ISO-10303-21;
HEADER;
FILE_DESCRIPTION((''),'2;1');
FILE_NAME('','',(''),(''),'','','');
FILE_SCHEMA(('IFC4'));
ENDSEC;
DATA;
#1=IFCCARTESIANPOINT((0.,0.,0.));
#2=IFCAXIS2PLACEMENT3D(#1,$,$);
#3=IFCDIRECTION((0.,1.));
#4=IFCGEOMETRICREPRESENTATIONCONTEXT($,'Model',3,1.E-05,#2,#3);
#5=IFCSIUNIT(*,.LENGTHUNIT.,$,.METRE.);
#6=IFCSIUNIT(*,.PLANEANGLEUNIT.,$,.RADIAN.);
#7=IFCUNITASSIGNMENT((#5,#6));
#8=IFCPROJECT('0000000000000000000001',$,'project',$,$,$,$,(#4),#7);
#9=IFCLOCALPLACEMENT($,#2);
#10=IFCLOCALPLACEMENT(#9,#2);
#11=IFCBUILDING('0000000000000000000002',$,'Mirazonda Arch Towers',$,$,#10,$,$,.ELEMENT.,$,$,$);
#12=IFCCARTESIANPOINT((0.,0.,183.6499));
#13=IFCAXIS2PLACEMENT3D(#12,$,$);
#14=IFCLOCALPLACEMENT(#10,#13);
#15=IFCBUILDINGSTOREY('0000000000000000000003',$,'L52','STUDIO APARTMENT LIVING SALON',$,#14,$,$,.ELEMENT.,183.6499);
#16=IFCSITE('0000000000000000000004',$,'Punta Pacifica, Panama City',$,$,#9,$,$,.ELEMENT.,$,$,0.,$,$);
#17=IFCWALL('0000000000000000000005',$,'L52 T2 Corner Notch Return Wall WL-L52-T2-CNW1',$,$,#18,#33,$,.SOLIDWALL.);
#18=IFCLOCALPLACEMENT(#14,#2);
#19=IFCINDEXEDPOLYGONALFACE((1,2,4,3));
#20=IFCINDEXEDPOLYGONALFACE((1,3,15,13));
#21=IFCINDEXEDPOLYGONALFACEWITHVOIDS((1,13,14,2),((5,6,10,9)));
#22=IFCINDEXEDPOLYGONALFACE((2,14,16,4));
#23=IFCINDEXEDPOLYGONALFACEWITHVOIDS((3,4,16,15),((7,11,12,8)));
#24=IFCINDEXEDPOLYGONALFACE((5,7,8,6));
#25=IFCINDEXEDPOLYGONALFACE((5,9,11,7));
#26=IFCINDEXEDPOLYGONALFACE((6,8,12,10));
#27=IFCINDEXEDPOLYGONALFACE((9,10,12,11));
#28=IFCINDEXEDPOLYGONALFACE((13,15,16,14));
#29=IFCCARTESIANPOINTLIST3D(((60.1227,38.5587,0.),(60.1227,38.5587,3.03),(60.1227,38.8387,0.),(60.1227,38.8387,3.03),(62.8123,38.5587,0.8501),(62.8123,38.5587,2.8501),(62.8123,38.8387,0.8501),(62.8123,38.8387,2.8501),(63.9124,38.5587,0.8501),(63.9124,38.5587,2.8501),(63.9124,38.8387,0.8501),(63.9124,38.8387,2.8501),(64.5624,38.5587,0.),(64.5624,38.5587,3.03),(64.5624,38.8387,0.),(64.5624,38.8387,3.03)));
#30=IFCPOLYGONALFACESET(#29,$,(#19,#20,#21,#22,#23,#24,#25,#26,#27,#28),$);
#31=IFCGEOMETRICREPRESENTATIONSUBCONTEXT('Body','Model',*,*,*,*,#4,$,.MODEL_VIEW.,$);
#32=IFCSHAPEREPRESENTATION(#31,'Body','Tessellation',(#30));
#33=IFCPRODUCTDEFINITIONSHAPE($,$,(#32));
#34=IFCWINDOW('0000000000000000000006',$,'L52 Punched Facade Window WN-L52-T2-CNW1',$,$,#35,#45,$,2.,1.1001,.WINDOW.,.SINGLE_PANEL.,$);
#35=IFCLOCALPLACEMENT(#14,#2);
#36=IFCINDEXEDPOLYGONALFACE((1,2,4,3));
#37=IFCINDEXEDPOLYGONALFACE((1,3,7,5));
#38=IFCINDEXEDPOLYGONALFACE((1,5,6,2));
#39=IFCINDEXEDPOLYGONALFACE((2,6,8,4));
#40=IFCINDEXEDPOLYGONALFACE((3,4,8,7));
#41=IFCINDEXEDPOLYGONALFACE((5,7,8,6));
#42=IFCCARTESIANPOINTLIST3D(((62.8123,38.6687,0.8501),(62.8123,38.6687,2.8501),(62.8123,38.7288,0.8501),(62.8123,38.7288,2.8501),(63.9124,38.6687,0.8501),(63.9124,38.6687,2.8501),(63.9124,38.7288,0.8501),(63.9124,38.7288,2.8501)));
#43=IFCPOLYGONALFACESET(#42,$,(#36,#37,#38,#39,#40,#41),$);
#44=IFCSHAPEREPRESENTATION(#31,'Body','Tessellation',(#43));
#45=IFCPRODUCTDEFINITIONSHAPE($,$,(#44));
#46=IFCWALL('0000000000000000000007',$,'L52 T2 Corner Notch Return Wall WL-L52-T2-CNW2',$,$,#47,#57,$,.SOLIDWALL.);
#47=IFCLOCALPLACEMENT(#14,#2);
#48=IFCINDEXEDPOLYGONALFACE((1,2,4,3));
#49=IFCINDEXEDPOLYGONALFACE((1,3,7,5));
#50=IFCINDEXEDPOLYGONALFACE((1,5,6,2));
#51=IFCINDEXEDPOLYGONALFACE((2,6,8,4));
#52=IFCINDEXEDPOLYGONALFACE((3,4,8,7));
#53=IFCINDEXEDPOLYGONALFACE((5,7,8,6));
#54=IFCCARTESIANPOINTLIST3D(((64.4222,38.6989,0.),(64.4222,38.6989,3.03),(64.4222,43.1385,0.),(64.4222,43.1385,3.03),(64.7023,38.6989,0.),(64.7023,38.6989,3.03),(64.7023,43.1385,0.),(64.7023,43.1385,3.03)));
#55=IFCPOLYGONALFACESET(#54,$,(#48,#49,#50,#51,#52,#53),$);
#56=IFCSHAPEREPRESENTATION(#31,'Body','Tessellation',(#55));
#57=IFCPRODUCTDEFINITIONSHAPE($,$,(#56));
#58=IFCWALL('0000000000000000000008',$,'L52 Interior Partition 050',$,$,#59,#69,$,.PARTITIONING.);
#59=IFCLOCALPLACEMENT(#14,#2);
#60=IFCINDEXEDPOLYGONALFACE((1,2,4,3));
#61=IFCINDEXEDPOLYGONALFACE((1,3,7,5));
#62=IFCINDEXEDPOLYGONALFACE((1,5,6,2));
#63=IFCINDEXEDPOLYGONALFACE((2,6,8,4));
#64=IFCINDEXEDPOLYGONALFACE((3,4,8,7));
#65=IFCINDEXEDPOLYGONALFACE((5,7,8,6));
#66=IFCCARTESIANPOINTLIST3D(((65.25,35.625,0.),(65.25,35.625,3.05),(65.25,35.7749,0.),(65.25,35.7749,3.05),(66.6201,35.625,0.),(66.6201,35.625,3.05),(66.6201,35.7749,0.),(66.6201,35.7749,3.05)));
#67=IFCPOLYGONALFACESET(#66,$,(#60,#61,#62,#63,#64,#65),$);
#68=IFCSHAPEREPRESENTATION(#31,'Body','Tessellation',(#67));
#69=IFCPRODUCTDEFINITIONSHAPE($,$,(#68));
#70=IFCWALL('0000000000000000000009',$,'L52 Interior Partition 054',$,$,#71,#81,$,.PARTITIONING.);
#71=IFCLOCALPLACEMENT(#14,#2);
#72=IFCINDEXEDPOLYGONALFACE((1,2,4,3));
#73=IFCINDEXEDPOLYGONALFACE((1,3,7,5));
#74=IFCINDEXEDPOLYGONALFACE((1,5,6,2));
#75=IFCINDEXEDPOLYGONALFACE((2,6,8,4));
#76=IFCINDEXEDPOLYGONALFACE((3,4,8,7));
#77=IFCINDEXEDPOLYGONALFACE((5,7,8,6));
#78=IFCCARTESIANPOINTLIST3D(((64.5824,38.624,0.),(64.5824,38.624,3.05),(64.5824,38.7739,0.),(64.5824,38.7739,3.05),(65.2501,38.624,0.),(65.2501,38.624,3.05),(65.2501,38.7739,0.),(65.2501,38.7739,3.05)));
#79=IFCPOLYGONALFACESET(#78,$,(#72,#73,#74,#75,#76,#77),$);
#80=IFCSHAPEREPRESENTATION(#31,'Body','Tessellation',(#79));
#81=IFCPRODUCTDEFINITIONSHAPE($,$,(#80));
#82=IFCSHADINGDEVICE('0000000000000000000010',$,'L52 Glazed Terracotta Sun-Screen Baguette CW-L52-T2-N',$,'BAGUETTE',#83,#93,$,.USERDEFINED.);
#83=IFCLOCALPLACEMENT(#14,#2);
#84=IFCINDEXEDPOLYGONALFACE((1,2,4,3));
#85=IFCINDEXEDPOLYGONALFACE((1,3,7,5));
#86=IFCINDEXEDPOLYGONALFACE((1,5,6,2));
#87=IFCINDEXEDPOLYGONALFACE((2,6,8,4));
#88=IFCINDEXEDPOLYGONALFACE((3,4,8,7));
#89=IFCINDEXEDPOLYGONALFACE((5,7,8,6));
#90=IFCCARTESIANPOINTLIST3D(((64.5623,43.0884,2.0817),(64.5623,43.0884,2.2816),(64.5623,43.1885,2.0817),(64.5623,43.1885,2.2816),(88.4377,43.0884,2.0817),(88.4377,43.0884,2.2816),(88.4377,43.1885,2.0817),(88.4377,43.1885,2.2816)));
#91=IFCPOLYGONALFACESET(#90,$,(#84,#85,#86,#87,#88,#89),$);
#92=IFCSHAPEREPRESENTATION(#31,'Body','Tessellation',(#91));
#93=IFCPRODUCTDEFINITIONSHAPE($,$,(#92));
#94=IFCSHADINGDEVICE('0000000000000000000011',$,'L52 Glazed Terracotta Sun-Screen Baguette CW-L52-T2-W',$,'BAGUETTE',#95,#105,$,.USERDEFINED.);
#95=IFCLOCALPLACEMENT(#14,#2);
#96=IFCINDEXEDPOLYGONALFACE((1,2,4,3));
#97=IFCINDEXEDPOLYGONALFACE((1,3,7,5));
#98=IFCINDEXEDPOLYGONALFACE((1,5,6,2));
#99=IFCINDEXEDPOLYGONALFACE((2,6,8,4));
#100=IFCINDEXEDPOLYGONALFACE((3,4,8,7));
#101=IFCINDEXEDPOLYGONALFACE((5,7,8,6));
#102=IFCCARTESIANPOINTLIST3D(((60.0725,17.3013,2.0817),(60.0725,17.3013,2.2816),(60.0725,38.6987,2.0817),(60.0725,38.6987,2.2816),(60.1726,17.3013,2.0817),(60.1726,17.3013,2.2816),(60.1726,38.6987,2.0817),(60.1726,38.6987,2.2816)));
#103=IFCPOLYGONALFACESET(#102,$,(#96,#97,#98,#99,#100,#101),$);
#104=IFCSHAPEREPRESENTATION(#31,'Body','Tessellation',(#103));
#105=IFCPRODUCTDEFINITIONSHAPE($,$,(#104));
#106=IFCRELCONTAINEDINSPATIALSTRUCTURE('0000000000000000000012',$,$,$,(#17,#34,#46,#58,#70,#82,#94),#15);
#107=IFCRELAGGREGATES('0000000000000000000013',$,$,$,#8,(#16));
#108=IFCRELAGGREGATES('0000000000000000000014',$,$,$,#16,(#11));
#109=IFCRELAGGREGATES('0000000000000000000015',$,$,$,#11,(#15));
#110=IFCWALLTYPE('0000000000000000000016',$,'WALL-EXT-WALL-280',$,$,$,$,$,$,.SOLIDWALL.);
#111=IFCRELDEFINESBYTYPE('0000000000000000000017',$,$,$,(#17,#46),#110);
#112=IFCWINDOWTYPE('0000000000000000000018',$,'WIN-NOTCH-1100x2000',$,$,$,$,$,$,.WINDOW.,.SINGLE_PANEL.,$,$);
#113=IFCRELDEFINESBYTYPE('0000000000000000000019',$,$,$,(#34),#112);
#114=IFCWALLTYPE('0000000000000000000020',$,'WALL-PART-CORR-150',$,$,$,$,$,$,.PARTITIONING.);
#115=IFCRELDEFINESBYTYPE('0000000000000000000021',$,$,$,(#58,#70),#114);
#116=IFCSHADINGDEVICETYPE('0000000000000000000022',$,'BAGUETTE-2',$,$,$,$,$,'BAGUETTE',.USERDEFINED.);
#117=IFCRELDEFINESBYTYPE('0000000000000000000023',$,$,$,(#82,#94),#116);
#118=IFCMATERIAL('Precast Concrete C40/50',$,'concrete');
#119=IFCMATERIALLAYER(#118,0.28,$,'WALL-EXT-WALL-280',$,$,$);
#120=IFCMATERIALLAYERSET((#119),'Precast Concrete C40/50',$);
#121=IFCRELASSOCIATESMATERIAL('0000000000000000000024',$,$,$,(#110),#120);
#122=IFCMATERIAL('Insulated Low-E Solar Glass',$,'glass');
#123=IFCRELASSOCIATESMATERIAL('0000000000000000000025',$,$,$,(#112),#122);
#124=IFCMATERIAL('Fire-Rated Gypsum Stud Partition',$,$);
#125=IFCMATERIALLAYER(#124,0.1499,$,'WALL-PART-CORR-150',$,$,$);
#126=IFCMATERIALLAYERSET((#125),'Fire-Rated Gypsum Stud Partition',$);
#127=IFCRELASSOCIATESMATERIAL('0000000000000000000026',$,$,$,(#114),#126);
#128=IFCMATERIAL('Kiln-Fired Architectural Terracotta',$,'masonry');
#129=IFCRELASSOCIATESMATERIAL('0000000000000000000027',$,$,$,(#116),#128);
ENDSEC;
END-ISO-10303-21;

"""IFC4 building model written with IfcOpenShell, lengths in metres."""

from ifc_helpers import new_model, si_unit, direction, frame, frame_2d, origin, origin_2d, place, context, subcontext, project, spatial, rectangle, extrude, material, layer, layer_set, material_profile, profile_set, type_object, element, fill, save


model = new_model("IFC4")

# Units and contexts
model_context = context("Model", 3, precision=1e-05, world=origin(), true_north=direction((0.0, 1.0)))
body_context = subcontext(model_context, "Body", "Model", "MODEL_VIEW")
ifc_project = project(units=[si_unit("LENGTHUNIT", "METRE"), si_unit("PLANEANGLEUNIT", "RADIAN")], contexts=[model_context])

# Site, building, storey
site_placement = place(None, origin())
site = spatial("IfcSite", under=ifc_project, at=site_placement, Name="Punta Pacifica, Panama City", CompositionType="ELEMENT", RefElevation=0.0)
building_placement = place(site_placement, origin())
building = spatial("IfcBuilding", under=site, at=building_placement, Name="Mirazonda Arch Towers", CompositionType="ELEMENT")
storey_placement = place(building_placement, frame((0.0, 0.0, 183.6499)))
storey = spatial("IfcBuildingStorey", under=building, at=storey_placement, Name="L52", Description="STUDIO APARTMENT LIVING SALON", CompositionType="ELEMENT", Elevation=183.6499)

# Shared definitions
ifc_material_1 = material(Name="Insulated Low-E Solar Glass", Category="glass")

# Wall, opening, window
ifc_material_2 = material(Name="Precast Concrete C40/50", Category="concrete")
ifc_layer_1 = layer(ifc_material_2, 0.28, Name="WALL-EXT-WALL-280")
ifc_layer_set_1 = layer_set([ifc_layer_1], Name="Precast Concrete C40/50")
wall_type_1 = type_object("IfcWallType", Name="WALL-EXT-WALL-280", PredefinedType="SOLIDWALL", material=ifc_layer_set_1)
window_type = type_object("IfcWindowType", Name="WIN-NOTCH-1100x2000", PartitioningType="SINGLE_PANEL", PredefinedType="WINDOW", material=ifc_material_1)
wall_1_placement = place(storey_placement, frame((64.5623, 38.6987, 0.0), z_axis=(0.0, 0.0, 1.0), x_axis=(-1.0, 0.0, 0.0)))
wall_1 = element("IfcWall", 1, at=wall_1_placement, inside=storey, type_object=wall_type_1, Name="L52 T2 Corner Notch Return Wall WL-L52-T2-CNW1", PredefinedType="SOLIDWALL", context=body_context, shape_type="SweptSolid", body=[
    extrude(rectangle(XDim=4.4397, YDim=0.28, at=frame_2d((2.2197, 0.0))), origin(), (0.0, 0.0, 1.0), 3.03),
])
opening_1_placement = place(wall_1_placement, frame((0.6499, 0.0, 0.8501)))
opening_1 = element("IfcOpeningElement", 2, at=opening_1_placement, cuts=wall_1, PredefinedType="OPENING", context=body_context, shape_type="SweptSolid", body=[
    extrude(rectangle(XDim=1.1001, YDim=2.0, at=frame_2d((0.55, 1.0))), frame((0.0, 0.1499, 0.0), z_axis=(0.0, -1.0, 0.0), x_axis=(1.0, 0.0, 0.0)), (0.0, 0.0, 1.0), 0.3),
])
window_1_placement = place(opening_1_placement, origin())
window_1 = element("IfcWindow", 3, at=window_1_placement, inside=storey, type_object=window_type, Name="L52 Punched Facade Window WN-L52-T2-CNW1", OverallHeight=2.0, OverallWidth=1.1001, PartitioningType="SINGLE_PANEL", PredefinedType="WINDOW", context=body_context, shape_type="SweptSolid", body=[
    extrude(rectangle(XDim=1.1001, YDim=2.0, at=frame_2d((0.55, 1.0))), frame((0.0, 0.03, 0.0), z_axis=(0.0, -1.0, 0.0), x_axis=(1.0, 0.0, 0.0)), (0.0, 0.0, 1.0), 0.0601),
])
fill(opening_1, window_1)

# Wall
wall_2_placement = place(storey_placement, frame((64.5623, 43.1384, 0.0), z_axis=(0.0, 0.0, 1.0), x_axis=(0.0, -1.0, 0.0)))
element("IfcWall", 4, at=wall_2_placement, inside=storey, type_object=wall_type_1, Name="L52 T2 Corner Notch Return Wall WL-L52-T2-CNW2", PredefinedType="SOLIDWALL", context=body_context, shape_type="SweptSolid", body=[
    extrude(rectangle(XDim=4.4397, YDim=0.28, at=frame_2d((2.2197, 0.0))), origin(), (0.0, 0.0, 1.0), 3.03),
])

# Shared definitions
ifc_material_3 = material(Name="Fire-Rated Gypsum Stud Partition")
ifc_layer_2 = layer(ifc_material_3, 0.1499, Name="WALL-PART-CORR-150")
ifc_layer_set_2 = layer_set([ifc_layer_2], Name="Fire-Rated Gypsum Stud Partition")
wall_type_2 = type_object("IfcWallType", Name="WALL-PART-CORR-150", PredefinedType="PARTITIONING", material=ifc_layer_set_2)

# Walls
wall_3_placement = place(storey_placement, frame((65.25, 35.7, 0.0), z_axis=(0.0, 0.0, 1.0), x_axis=(1.0, 0.0, 0.0)))
element("IfcWall", 5, at=wall_3_placement, inside=storey, type_object=wall_type_2, Name="L52 Interior Partition 050", PredefinedType="PARTITIONING", context=body_context, shape_type="SweptSolid", body=[
    extrude(rectangle(XDim=1.3701, YDim=0.1499, at=frame_2d((0.6851, 0.0))), origin(), (0.0, 0.0, 1.0), 3.05),
])
wall_4_placement = place(storey_placement, frame((64.5823, 38.699, 0.0), z_axis=(0.0, 0.0, 1.0), x_axis=(1.0, 0.0, 0.0)))
element("IfcWall", 6, at=wall_4_placement, inside=storey, type_object=wall_type_2, Name="L52 Interior Partition 054", PredefinedType="PARTITIONING", context=body_context, shape_type="SweptSolid", body=[
    extrude(rectangle(XDim=0.6677, YDim=0.1499, at=frame_2d((0.334, 0.0))), origin(), (0.0, 0.0, 1.0), 3.05),
])

# Shading devices
ifc_material_4 = material(Name="Kiln-Fired Architectural Terracotta", Category="masonry")
ifc_material_profile_1 = material_profile(ifc_material_4, rectangle(XDim=0.1001, YDim=0.2, at=origin_2d()), Name="TERRA-BAG-100x200")
ifc_profile_set_1 = profile_set([ifc_material_profile_1], Name="Kiln-Fired Architectural Terracotta")
shading_device_type = type_object("IfcShadingDeviceType", Name="BAGUETTE-2", ElementType="BAGUETTE", PredefinedType="USERDEFINED", material=ifc_profile_set_1)
shading_device_1_placement = place(storey_placement, frame((64.5623, 43.1384, 2.1816), z_axis=(1.0, 0.0, 0.0), x_axis=(0.0, 1.0, 0.0)))
element("IfcShadingDevice", 7, at=shading_device_1_placement, inside=storey, type_object=shading_device_type, Name="L52 Glazed Terracotta Sun-Screen Baguette CW-L52-T2-N", ObjectType="BAGUETTE", PredefinedType="USERDEFINED", context=body_context, shape_type="SweptSolid", body=[
    extrude(rectangle(XDim=0.1001, YDim=0.2, at=origin_2d()), origin(), (0.0, 0.0, 1.0), 23.8755),
])
shading_device_2_placement = place(storey_placement, frame((60.1226, 38.6987, 2.1816), z_axis=(0.0, -1.0, 0.0), x_axis=(1.0, 0.0, 0.0)))
element("IfcShadingDevice", 8, at=shading_device_2_placement, inside=storey, type_object=shading_device_type, Name="L52 Glazed Terracotta Sun-Screen Baguette CW-L52-T2-W", ObjectType="BAGUETTE", PredefinedType="USERDEFINED", context=body_context, shape_type="SweptSolid", body=[
    extrude(rectangle(XDim=0.1001, YDim=0.2, at=origin_2d()), origin(), (0.0, 0.0, 1.0), 21.3975),
])

save(model, "model.ifc")
